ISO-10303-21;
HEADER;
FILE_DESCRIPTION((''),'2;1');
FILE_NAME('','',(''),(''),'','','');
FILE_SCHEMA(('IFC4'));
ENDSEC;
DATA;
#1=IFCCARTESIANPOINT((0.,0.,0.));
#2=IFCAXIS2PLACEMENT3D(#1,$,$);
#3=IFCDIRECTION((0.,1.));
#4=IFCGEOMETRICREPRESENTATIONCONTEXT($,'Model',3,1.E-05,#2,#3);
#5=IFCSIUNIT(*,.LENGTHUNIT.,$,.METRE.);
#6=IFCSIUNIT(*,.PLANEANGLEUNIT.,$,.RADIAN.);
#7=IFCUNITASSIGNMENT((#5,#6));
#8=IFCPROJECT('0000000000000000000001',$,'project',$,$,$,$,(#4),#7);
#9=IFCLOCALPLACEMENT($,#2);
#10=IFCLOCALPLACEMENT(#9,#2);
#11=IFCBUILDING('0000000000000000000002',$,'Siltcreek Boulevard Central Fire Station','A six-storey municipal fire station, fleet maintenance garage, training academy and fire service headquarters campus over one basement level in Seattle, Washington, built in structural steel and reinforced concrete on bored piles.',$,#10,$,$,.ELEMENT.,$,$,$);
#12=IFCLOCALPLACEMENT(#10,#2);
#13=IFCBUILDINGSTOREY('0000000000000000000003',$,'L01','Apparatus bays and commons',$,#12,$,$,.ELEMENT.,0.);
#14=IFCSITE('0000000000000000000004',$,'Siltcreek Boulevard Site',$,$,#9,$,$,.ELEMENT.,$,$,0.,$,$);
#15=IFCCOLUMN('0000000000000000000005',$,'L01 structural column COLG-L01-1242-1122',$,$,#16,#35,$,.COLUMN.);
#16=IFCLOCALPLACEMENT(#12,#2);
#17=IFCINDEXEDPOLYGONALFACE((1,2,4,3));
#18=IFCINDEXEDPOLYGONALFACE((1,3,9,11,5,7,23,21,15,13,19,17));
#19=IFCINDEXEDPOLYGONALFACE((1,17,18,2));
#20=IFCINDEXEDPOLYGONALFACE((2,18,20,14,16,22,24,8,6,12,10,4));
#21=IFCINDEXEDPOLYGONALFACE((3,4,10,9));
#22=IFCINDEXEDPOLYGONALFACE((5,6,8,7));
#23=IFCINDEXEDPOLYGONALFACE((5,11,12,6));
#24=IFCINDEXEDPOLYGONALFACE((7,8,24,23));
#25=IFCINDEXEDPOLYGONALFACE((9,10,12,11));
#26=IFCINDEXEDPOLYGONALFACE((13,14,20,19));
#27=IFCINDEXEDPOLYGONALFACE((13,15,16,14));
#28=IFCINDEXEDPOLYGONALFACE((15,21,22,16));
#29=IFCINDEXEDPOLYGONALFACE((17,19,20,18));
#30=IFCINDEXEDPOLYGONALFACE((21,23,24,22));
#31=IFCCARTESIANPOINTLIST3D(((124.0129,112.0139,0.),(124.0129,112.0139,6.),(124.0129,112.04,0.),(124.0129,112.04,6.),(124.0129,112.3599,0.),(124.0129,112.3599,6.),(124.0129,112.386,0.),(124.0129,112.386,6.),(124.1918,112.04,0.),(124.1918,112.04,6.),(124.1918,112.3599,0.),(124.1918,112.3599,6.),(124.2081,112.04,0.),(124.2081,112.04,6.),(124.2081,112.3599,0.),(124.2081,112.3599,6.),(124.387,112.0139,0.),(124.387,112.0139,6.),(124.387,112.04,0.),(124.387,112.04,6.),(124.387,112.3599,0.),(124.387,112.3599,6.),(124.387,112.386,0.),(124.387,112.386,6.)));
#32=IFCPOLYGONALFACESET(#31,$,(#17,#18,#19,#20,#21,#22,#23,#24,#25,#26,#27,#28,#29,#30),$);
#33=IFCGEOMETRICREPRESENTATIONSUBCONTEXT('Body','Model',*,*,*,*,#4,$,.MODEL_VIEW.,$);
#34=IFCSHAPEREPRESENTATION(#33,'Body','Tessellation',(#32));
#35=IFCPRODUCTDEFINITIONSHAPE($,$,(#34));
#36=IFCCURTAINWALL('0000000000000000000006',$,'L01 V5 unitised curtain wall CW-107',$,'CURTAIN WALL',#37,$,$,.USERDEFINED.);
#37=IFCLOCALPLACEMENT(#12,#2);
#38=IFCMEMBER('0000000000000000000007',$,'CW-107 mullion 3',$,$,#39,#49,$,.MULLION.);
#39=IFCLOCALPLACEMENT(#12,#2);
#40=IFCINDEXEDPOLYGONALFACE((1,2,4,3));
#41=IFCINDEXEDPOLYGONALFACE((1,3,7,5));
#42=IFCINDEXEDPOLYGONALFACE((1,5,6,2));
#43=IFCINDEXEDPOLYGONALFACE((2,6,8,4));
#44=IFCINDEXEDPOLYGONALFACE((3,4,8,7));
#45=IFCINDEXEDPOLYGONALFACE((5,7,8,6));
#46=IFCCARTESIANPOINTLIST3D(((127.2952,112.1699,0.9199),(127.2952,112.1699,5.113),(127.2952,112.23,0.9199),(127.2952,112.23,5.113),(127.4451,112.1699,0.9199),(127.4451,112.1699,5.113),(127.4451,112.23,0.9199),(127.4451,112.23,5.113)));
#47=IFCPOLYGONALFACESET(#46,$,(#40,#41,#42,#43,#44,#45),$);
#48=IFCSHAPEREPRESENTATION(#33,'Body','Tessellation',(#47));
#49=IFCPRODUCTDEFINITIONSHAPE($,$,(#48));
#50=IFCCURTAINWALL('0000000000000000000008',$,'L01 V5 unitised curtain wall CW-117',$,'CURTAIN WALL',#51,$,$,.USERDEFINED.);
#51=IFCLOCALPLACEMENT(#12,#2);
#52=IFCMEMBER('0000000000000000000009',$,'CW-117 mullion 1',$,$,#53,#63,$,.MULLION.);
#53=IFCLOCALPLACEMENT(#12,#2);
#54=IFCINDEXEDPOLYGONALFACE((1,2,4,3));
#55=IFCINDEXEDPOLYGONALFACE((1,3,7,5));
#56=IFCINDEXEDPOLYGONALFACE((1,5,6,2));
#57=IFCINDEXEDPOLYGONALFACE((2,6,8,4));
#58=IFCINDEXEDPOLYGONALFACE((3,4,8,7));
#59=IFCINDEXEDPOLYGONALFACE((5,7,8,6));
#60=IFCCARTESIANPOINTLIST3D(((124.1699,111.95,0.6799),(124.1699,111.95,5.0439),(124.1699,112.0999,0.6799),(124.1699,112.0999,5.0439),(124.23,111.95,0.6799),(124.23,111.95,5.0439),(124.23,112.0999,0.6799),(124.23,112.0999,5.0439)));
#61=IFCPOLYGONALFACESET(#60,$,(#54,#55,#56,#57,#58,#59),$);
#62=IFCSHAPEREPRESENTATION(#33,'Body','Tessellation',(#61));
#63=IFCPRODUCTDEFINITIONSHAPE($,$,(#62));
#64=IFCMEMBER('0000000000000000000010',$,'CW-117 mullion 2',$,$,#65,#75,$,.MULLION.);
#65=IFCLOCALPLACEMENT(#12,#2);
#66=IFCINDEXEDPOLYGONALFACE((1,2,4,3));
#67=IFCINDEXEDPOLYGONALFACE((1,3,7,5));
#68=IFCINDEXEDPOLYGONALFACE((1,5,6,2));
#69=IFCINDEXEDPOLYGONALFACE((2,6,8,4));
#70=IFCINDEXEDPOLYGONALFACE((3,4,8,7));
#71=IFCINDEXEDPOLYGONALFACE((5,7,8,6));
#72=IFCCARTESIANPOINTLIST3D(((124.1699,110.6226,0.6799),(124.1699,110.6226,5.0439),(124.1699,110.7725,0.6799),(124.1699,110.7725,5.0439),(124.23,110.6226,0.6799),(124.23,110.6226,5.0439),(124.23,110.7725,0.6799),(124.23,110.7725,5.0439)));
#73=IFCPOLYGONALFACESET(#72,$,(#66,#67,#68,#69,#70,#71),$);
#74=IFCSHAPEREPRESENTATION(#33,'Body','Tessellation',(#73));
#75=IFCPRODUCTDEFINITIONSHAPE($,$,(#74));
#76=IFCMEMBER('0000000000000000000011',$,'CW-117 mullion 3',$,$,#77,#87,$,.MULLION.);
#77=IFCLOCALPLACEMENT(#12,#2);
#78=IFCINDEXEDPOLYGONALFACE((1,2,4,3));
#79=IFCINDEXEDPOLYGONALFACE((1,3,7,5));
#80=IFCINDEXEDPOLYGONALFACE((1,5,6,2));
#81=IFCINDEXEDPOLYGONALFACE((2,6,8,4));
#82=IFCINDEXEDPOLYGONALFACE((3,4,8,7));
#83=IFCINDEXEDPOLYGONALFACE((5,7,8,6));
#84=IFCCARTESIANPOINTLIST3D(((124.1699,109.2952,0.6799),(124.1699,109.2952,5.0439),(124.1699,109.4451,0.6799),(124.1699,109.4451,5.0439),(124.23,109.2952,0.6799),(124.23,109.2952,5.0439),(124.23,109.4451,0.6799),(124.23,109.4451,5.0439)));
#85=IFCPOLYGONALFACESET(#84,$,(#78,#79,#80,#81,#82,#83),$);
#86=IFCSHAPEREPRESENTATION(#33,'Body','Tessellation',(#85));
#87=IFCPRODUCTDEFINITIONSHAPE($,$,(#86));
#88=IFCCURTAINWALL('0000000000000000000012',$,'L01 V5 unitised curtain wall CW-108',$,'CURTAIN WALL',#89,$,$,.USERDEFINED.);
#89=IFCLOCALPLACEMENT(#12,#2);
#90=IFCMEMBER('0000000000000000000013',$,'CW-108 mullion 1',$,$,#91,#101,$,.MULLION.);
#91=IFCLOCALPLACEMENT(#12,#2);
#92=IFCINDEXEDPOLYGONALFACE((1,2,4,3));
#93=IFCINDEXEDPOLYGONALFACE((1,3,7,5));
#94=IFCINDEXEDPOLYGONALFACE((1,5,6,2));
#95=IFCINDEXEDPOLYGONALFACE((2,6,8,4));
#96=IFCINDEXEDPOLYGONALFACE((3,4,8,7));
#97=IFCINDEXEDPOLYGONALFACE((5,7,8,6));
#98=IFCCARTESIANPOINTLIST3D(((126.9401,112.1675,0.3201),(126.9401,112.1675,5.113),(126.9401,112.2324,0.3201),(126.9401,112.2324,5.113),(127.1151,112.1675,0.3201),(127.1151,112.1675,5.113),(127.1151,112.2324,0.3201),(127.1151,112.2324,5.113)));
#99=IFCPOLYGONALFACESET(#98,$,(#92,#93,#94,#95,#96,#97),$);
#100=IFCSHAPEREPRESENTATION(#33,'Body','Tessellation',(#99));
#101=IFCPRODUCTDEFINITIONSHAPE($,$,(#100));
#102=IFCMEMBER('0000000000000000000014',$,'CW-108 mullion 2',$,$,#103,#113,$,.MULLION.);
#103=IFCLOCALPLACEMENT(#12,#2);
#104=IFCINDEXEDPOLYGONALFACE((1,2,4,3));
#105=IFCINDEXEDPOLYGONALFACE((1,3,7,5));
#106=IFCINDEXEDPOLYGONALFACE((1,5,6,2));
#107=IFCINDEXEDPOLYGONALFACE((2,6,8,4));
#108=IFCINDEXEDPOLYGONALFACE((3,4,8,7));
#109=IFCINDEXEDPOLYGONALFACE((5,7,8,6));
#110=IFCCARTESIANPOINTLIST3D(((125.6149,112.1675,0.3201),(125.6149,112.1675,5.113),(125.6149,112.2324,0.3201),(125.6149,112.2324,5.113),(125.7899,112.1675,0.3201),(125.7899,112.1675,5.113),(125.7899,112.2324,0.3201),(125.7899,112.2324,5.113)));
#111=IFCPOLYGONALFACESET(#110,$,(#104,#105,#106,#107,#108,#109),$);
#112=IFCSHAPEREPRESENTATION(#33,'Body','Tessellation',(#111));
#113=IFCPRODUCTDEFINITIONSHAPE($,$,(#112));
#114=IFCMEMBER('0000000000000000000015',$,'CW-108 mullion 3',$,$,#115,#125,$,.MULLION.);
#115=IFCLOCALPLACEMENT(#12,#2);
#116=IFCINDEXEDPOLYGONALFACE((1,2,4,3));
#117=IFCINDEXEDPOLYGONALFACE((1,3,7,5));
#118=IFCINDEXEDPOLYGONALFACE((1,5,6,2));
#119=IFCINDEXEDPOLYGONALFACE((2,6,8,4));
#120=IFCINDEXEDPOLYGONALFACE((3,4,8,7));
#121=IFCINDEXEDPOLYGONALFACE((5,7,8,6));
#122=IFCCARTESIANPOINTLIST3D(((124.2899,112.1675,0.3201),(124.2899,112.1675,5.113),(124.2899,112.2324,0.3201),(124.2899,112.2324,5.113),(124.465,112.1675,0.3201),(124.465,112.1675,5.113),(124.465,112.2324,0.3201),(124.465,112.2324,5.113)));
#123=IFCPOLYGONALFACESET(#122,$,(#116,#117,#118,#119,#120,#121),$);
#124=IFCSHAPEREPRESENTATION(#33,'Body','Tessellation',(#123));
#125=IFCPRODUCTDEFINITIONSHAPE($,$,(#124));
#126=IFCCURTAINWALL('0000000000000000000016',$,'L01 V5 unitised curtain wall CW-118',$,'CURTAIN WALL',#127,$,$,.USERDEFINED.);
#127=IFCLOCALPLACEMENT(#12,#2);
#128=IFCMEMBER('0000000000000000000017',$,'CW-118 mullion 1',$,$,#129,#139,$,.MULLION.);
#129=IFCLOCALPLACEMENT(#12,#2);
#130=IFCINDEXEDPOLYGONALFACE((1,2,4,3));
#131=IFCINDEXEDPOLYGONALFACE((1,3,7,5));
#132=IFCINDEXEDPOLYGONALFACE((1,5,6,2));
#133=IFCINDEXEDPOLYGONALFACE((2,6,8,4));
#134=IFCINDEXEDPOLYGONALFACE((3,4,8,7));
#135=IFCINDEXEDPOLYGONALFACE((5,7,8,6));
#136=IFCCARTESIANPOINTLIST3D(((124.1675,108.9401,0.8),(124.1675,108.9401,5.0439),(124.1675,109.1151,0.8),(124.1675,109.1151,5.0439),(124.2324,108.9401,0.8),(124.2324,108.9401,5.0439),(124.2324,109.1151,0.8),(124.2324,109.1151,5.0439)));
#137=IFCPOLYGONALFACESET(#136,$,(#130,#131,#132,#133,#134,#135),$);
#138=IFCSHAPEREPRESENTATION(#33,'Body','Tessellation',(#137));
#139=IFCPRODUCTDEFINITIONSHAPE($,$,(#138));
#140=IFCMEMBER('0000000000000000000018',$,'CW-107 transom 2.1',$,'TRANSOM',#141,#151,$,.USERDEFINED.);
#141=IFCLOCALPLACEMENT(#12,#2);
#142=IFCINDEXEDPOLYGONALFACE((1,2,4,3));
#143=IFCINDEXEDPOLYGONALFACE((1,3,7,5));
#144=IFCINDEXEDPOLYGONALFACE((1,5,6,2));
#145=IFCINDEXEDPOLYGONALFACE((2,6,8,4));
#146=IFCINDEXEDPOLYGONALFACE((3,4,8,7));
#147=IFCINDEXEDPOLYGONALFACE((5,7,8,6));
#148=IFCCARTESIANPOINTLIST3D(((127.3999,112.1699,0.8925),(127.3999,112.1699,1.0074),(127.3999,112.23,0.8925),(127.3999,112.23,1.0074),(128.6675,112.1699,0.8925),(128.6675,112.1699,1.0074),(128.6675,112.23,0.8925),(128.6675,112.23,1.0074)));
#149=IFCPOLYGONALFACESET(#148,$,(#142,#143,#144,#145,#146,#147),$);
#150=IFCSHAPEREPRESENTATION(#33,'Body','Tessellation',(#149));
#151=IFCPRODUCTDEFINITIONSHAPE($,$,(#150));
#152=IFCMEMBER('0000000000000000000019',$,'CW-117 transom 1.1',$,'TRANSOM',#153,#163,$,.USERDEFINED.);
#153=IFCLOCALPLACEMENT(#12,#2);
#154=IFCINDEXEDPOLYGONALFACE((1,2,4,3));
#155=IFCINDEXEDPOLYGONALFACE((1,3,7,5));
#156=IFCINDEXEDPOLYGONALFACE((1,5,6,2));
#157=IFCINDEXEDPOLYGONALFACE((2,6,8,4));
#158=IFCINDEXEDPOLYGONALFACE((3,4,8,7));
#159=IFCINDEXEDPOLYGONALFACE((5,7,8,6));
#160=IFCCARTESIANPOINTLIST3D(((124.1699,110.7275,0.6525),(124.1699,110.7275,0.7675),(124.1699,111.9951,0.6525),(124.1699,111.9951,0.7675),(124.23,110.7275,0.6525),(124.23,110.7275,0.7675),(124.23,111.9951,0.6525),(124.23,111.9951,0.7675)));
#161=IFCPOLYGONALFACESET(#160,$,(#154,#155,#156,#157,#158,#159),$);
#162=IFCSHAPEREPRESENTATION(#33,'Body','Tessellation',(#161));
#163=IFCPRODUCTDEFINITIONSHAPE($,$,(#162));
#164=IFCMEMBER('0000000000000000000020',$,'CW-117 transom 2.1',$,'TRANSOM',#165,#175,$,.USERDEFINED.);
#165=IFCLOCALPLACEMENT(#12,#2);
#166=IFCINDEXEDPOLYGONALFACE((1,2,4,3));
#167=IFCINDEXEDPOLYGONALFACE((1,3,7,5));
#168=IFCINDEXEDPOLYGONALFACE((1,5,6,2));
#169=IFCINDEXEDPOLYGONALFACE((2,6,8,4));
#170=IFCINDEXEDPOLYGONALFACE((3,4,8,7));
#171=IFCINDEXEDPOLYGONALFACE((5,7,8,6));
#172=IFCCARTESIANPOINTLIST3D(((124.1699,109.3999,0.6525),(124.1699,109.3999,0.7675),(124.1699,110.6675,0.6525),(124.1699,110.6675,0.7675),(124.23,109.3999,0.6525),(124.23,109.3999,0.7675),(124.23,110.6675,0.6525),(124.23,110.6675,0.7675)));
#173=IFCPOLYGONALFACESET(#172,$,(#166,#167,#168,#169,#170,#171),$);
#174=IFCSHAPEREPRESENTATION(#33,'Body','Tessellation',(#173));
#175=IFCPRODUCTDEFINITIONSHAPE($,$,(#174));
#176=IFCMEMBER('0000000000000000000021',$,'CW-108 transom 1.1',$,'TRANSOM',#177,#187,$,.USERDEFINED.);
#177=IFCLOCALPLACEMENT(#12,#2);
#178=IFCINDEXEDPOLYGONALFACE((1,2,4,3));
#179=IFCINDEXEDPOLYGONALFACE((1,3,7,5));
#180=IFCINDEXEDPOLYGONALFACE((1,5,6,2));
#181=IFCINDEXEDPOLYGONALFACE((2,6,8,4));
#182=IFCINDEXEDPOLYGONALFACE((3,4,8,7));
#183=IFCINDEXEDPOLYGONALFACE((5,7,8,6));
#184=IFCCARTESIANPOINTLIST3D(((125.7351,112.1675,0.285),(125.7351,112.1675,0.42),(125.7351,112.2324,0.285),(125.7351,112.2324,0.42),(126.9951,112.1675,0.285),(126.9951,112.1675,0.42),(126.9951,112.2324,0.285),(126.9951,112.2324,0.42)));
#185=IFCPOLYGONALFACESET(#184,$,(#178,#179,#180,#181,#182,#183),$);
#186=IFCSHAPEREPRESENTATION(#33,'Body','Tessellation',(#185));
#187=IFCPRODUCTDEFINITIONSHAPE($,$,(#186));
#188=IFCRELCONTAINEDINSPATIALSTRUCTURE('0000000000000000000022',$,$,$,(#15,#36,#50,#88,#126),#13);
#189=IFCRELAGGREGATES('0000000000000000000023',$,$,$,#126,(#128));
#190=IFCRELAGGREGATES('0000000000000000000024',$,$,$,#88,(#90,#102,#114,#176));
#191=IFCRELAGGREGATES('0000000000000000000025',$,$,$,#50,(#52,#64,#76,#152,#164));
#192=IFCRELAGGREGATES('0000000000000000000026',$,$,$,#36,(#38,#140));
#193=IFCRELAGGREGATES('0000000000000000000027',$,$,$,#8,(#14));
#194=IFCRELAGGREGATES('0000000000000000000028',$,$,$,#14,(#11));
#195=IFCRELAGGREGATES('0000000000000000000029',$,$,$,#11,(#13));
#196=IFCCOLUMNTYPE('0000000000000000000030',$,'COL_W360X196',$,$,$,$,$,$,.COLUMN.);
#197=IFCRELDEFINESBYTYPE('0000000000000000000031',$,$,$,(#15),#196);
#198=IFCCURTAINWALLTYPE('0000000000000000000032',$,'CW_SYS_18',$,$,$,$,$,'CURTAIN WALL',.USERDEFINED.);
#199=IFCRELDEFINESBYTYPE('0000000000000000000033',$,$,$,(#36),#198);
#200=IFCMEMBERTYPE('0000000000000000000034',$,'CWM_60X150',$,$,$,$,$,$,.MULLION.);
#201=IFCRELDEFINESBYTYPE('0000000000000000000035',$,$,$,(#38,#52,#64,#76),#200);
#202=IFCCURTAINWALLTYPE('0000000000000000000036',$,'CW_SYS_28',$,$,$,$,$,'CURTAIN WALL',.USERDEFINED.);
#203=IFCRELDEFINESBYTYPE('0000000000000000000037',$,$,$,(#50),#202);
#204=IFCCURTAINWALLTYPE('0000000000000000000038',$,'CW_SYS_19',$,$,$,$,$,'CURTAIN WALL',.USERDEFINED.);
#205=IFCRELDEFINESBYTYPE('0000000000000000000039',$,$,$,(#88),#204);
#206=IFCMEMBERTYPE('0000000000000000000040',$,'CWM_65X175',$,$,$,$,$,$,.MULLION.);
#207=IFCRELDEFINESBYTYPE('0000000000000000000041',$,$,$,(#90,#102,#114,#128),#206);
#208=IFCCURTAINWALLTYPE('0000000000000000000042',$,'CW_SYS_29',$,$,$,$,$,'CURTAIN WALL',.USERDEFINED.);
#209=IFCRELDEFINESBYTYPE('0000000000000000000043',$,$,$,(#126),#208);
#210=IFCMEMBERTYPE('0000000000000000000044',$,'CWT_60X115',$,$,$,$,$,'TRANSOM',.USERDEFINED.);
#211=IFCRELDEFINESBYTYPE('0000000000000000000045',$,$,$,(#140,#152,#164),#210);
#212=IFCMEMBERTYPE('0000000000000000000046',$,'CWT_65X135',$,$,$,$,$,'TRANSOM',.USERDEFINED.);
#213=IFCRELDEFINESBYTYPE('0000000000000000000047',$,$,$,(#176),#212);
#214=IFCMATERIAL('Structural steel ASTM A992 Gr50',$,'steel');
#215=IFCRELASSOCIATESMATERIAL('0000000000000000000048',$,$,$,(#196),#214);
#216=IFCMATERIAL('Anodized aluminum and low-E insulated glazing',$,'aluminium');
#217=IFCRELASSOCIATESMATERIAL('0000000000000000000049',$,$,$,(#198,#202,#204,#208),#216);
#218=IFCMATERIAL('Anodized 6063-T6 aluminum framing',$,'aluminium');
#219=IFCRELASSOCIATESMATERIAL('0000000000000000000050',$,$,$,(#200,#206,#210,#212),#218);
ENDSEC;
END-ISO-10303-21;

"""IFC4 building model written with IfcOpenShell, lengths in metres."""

from ifc_helpers import new_model, si_unit, direction, frame, origin, origin_2d, place, context, subcontext, project, spatial, rectangle, i_section, extrude, material, material_profile, profile_set, type_object, element, aggregate, save


model = new_model("IFC4")

# Units and contexts
model_context = context("Model", 3, precision=1e-05, world=origin(), true_north=direction((0.0, 1.0)))
body_context = subcontext(model_context, "Body", "Model", "MODEL_VIEW")
ifc_project = project(units=[si_unit("LENGTHUNIT", "METRE"), si_unit("PLANEANGLEUNIT", "RADIAN")], contexts=[model_context])

# Site, building, storey
site_placement = place(None, origin())
site = spatial("IfcSite", under=ifc_project, at=site_placement, Name="Siltcreek Boulevard Site", CompositionType="ELEMENT", RefElevation=0.0)
building_placement = place(site_placement, origin())
building = spatial("IfcBuilding", under=site, at=building_placement, Name="Siltcreek Boulevard Central Fire Station", Description="A six-storey municipal fire station, fleet maintenance garage, training academy and fire service headquarters campus over one basement level in Seattle, Washington, built in structural steel and reinforced concrete on bored piles.", CompositionType="ELEMENT")
storey_placement = place(building_placement, origin())
storey = spatial("IfcBuildingStorey", under=building, at=storey_placement, Name="L01", Description="Apparatus bays and commons", CompositionType="ELEMENT", Elevation=0.0)

# Column
ifc_material_1 = material(Name="Structural steel ASTM A992 Gr50", Category="steel")
ifc_material_profile_1 = material_profile(ifc_material_1, i_section(OverallWidth=0.374, OverallDepth=0.3721, WebThickness=0.0164, FlangeThickness=0.0261, at=origin_2d()), Name="W360X196")
ifc_profile_set_1 = profile_set([ifc_material_profile_1], Name="Structural steel ASTM A992 Gr50")
column_type = type_object("IfcColumnType", Name="COL_W360X196", PredefinedType="COLUMN", material=ifc_profile_set_1)
column_placement = place(storey_placement, frame((124.2, 112.2, 0.0), z_axis=(0.0, 0.0, 1.0), x_axis=(1.0, 0.0, 0.0)))
element("IfcColumn", 1, at=column_placement, inside=storey, type_object=column_type, Name="L01 structural column COLG-L01-1242-1122", PredefinedType="COLUMN", context=body_context, shape_type="SweptSolid", body=[
    extrude(i_section(OverallWidth=0.374, OverallDepth=0.3721, WebThickness=0.0164, FlangeThickness=0.0261, at=origin_2d()), origin(), (0.0, 0.0, 1.0), 6.0),
])

# Curtain wall, member
ifc_material_2 = material(Name="Anodized aluminum and low-E insulated glazing", Category="aluminium")
curtain_wall_type_1 = type_object("IfcCurtainWallType", Name="CW_SYS_18", ElementType="CURTAIN WALL", PredefinedType="USERDEFINED", material=ifc_material_2)
curtain_wall_1_placement = place(storey_placement, origin())
curtain_wall_1 = element("IfcCurtainWall", 2, at=curtain_wall_1_placement, inside=storey, type_object=curtain_wall_type_1, Name="L01 V5 unitised curtain wall CW-107", ObjectType="CURTAIN WALL", PredefinedType="USERDEFINED")
ifc_material_3 = material(Name="Anodized 6063-T6 aluminum framing", Category="aluminium")
ifc_material_profile_2 = material_profile(ifc_material_3, rectangle(XDim=0.0601, YDim=0.1499, at=origin_2d()), Name="MULL60X150")
ifc_profile_set_2 = profile_set([ifc_material_profile_2], Name="Anodized 6063-T6 aluminum framing")
member_type_1 = type_object("IfcMemberType", Name="CWM_60X150", PredefinedType="MULLION", material=ifc_profile_set_2)
member_1_placement = place(storey_placement, frame((127.3701, 112.2, 0.9199), z_axis=(0.0, 0.0, 1.0), x_axis=(0.0, -1.0, 0.0)))
member_1 = element("IfcMember", 3, at=member_1_placement, type_object=member_type_1, Name="CW-107 mullion 3", PredefinedType="MULLION", context=body_context, shape_type="SweptSolid", body=[
    extrude(rectangle(XDim=0.0601, YDim=0.1499, at=origin_2d()), origin(), (0.0, 0.0, 1.0), 4.1931),
])

# Curtain walls, members
curtain_wall_type_2 = type_object("IfcCurtainWallType", Name="CW_SYS_28", ElementType="CURTAIN WALL", PredefinedType="USERDEFINED", material=ifc_material_2)
curtain_wall_2_placement = place(storey_placement, origin())
curtain_wall_2 = element("IfcCurtainWall", 4, at=curtain_wall_2_placement, inside=storey, type_object=curtain_wall_type_2, Name="L01 V5 unitised curtain wall CW-117", ObjectType="CURTAIN WALL", PredefinedType="USERDEFINED")
member_2_placement = place(storey_placement, frame((124.2, 112.0249, 0.6799), z_axis=(0.0, 0.0, 1.0), x_axis=(1.0, 0.0, 0.0)))
member_2 = element("IfcMember", 5, at=member_2_placement, type_object=member_type_1, Name="CW-117 mullion 1", PredefinedType="MULLION", context=body_context, shape_type="SweptSolid", body=[
    extrude(rectangle(XDim=0.0601, YDim=0.1499, at=origin_2d()), origin(), (0.0, 0.0, 1.0), 4.364),
])
member_3_placement = place(storey_placement, frame((124.2, 110.6975, 0.6799), z_axis=(0.0, 0.0, 1.0), x_axis=(1.0, 0.0, 0.0)))
member_3 = element("IfcMember", 6, at=member_3_placement, type_object=member_type_1, Name="CW-117 mullion 2", PredefinedType="MULLION", context=body_context, shape_type="SweptSolid", body=[
    extrude(rectangle(XDim=0.0601, YDim=0.1499, at=origin_2d()), origin(), (0.0, 0.0, 1.0), 4.364),
])
member_4_placement = place(storey_placement, frame((124.2, 109.3701, 0.6799), z_axis=(0.0, 0.0, 1.0), x_axis=(1.0, 0.0, 0.0)))
member_4 = element("IfcMember", 7, at=member_4_placement, type_object=member_type_1, Name="CW-117 mullion 3", PredefinedType="MULLION", context=body_context, shape_type="SweptSolid", body=[
    extrude(rectangle(XDim=0.0601, YDim=0.1499, at=origin_2d()), origin(), (0.0, 0.0, 1.0), 4.364),
])
curtain_wall_type_3 = type_object("IfcCurtainWallType", Name="CW_SYS_19", ElementType="CURTAIN WALL", PredefinedType="USERDEFINED", material=ifc_material_2)
curtain_wall_3_placement = place(storey_placement, origin())
curtain_wall_3 = element("IfcCurtainWall", 8, at=curtain_wall_3_placement, inside=storey, type_object=curtain_wall_type_3, Name="L01 V5 unitised curtain wall CW-108", ObjectType="CURTAIN WALL", PredefinedType="USERDEFINED")
ifc_material_profile_3 = material_profile(ifc_material_3, rectangle(XDim=0.0649, YDim=0.175, at=origin_2d()), Name="MULL65X175")
ifc_profile_set_3 = profile_set([ifc_material_profile_3], Name="Anodized 6063-T6 aluminum framing")
member_type_2 = type_object("IfcMemberType", Name="CWM_65X175", PredefinedType="MULLION", material=ifc_profile_set_3)
member_5_placement = place(storey_placement, frame((127.0276, 112.2, 0.3201), z_axis=(0.0, 0.0, 1.0), x_axis=(0.0, -1.0, 0.0)))
member_5 = element("IfcMember", 9, at=member_5_placement, type_object=member_type_2, Name="CW-108 mullion 1", PredefinedType="MULLION", context=body_context, shape_type="SweptSolid", body=[
    extrude(rectangle(XDim=0.0649, YDim=0.175, at=origin_2d()), origin(), (0.0, 0.0, 1.0), 4.793),
])
member_6_placement = place(storey_placement, frame((125.7024, 112.2, 0.3201), z_axis=(0.0, 0.0, 1.0), x_axis=(0.0, -1.0, 0.0)))
member_6 = element("IfcMember", 10, at=member_6_placement, type_object=member_type_2, Name="CW-108 mullion 2", PredefinedType="MULLION", context=body_context, shape_type="SweptSolid", body=[
    extrude(rectangle(XDim=0.0649, YDim=0.175, at=origin_2d()), origin(), (0.0, 0.0, 1.0), 4.793),
])
member_7_placement = place(storey_placement, frame((124.3774, 112.2, 0.3201), z_axis=(0.0, 0.0, 1.0), x_axis=(0.0, -1.0, 0.0)))
member_7 = element("IfcMember", 11, at=member_7_placement, type_object=member_type_2, Name="CW-108 mullion 3", PredefinedType="MULLION", context=body_context, shape_type="SweptSolid", body=[
    extrude(rectangle(XDim=0.0649, YDim=0.175, at=origin_2d()), origin(), (0.0, 0.0, 1.0), 4.793),
])

# Curtain wall, member
curtain_wall_type_4 = type_object("IfcCurtainWallType", Name="CW_SYS_29", ElementType="CURTAIN WALL", PredefinedType="USERDEFINED", material=ifc_material_2)
curtain_wall_4_placement = place(storey_placement, origin())
curtain_wall_4 = element("IfcCurtainWall", 12, at=curtain_wall_4_placement, inside=storey, type_object=curtain_wall_type_4, Name="L01 V5 unitised curtain wall CW-118", ObjectType="CURTAIN WALL", PredefinedType="USERDEFINED")
member_8_placement = place(storey_placement, frame((124.2, 109.0276, 0.8), z_axis=(0.0, 0.0, 1.0), x_axis=(1.0, 0.0, 0.0)))
member_8 = element("IfcMember", 13, at=member_8_placement, type_object=member_type_2, Name="CW-118 mullion 1", PredefinedType="MULLION", context=body_context, shape_type="SweptSolid", body=[
    extrude(rectangle(XDim=0.0649, YDim=0.175, at=origin_2d()), origin(), (0.0, 0.0, 1.0), 4.2439),
])

# Members
ifc_material_profile_4 = material_profile(ifc_material_3, rectangle(XDim=0.0601, YDim=0.115, at=origin_2d()), Name="TRAN60X115")
ifc_profile_set_4 = profile_set([ifc_material_profile_4], Name="Anodized 6063-T6 aluminum framing")
member_type_3 = type_object("IfcMemberType", Name="CWT_60X115", ElementType="TRANSOM", PredefinedType="USERDEFINED", material=ifc_profile_set_4)
member_9_placement = place(storey_placement, frame((128.6675, 112.2, 0.95), z_axis=(-1.0, 0.0, 0.0), x_axis=(0.0, -1.0, 0.0)))
member_9 = element("IfcMember", 14, at=member_9_placement, type_object=member_type_3, Name="CW-107 transom 2.1", ObjectType="TRANSOM", PredefinedType="USERDEFINED", context=body_context, shape_type="SweptSolid", body=[
    extrude(rectangle(XDim=0.0601, YDim=0.115, at=origin_2d()), origin(), (0.0, 0.0, 1.0), 1.2676),
])
member_10_placement = place(storey_placement, frame((124.2, 111.9951, 0.71), z_axis=(0.0, -1.0, 0.0), x_axis=(1.0, 0.0, 0.0)))
member_10 = element("IfcMember", 15, at=member_10_placement, type_object=member_type_3, Name="CW-117 transom 1.1", ObjectType="TRANSOM", PredefinedType="USERDEFINED", context=body_context, shape_type="SweptSolid", body=[
    extrude(rectangle(XDim=0.0601, YDim=0.115, at=origin_2d()), origin(), (0.0, 0.0, 1.0), 1.2676),
])
member_11_placement = place(storey_placement, frame((124.2, 110.6675, 0.71), z_axis=(0.0, -1.0, 0.0), x_axis=(1.0, 0.0, 0.0)))
member_11 = element("IfcMember", 16, at=member_11_placement, type_object=member_type_3, Name="CW-117 transom 2.1", ObjectType="TRANSOM", PredefinedType="USERDEFINED", context=body_context, shape_type="SweptSolid", body=[
    extrude(rectangle(XDim=0.0601, YDim=0.115, at=origin_2d()), origin(), (0.0, 0.0, 1.0), 1.2676),
])
ifc_material_profile_5 = material_profile(ifc_material_3, rectangle(XDim=0.0649, YDim=0.135, at=origin_2d()), Name="TRAN65X135")
ifc_profile_set_5 = profile_set([ifc_material_profile_5], Name="Anodized 6063-T6 aluminum framing")
member_type_4 = type_object("IfcMemberType", Name="CWT_65X135", ElementType="TRANSOM", PredefinedType="USERDEFINED", material=ifc_profile_set_5)
member_12_placement = place(storey_placement, frame((126.9951, 112.2, 0.3525), z_axis=(-1.0, 0.0, 0.0), x_axis=(0.0, -1.0, 0.0)))
member_12 = element("IfcMember", 17, at=member_12_placement, type_object=member_type_4, Name="CW-108 transom 1.1", ObjectType="TRANSOM", PredefinedType="USERDEFINED", context=body_context, shape_type="SweptSolid", body=[
    extrude(rectangle(XDim=0.0649, YDim=0.135, at=origin_2d()), origin(), (0.0, 0.0, 1.0), 1.26),
])
aggregate(curtain_wall_4, [member_8])

aggregate(curtain_wall_3, [member_5, member_6, member_7, member_12])
aggregate(curtain_wall_2, [member_2, member_3, member_4, member_10, member_11])
aggregate(curtain_wall_1, [member_1, member_9])

save(model, "model.ifc")
